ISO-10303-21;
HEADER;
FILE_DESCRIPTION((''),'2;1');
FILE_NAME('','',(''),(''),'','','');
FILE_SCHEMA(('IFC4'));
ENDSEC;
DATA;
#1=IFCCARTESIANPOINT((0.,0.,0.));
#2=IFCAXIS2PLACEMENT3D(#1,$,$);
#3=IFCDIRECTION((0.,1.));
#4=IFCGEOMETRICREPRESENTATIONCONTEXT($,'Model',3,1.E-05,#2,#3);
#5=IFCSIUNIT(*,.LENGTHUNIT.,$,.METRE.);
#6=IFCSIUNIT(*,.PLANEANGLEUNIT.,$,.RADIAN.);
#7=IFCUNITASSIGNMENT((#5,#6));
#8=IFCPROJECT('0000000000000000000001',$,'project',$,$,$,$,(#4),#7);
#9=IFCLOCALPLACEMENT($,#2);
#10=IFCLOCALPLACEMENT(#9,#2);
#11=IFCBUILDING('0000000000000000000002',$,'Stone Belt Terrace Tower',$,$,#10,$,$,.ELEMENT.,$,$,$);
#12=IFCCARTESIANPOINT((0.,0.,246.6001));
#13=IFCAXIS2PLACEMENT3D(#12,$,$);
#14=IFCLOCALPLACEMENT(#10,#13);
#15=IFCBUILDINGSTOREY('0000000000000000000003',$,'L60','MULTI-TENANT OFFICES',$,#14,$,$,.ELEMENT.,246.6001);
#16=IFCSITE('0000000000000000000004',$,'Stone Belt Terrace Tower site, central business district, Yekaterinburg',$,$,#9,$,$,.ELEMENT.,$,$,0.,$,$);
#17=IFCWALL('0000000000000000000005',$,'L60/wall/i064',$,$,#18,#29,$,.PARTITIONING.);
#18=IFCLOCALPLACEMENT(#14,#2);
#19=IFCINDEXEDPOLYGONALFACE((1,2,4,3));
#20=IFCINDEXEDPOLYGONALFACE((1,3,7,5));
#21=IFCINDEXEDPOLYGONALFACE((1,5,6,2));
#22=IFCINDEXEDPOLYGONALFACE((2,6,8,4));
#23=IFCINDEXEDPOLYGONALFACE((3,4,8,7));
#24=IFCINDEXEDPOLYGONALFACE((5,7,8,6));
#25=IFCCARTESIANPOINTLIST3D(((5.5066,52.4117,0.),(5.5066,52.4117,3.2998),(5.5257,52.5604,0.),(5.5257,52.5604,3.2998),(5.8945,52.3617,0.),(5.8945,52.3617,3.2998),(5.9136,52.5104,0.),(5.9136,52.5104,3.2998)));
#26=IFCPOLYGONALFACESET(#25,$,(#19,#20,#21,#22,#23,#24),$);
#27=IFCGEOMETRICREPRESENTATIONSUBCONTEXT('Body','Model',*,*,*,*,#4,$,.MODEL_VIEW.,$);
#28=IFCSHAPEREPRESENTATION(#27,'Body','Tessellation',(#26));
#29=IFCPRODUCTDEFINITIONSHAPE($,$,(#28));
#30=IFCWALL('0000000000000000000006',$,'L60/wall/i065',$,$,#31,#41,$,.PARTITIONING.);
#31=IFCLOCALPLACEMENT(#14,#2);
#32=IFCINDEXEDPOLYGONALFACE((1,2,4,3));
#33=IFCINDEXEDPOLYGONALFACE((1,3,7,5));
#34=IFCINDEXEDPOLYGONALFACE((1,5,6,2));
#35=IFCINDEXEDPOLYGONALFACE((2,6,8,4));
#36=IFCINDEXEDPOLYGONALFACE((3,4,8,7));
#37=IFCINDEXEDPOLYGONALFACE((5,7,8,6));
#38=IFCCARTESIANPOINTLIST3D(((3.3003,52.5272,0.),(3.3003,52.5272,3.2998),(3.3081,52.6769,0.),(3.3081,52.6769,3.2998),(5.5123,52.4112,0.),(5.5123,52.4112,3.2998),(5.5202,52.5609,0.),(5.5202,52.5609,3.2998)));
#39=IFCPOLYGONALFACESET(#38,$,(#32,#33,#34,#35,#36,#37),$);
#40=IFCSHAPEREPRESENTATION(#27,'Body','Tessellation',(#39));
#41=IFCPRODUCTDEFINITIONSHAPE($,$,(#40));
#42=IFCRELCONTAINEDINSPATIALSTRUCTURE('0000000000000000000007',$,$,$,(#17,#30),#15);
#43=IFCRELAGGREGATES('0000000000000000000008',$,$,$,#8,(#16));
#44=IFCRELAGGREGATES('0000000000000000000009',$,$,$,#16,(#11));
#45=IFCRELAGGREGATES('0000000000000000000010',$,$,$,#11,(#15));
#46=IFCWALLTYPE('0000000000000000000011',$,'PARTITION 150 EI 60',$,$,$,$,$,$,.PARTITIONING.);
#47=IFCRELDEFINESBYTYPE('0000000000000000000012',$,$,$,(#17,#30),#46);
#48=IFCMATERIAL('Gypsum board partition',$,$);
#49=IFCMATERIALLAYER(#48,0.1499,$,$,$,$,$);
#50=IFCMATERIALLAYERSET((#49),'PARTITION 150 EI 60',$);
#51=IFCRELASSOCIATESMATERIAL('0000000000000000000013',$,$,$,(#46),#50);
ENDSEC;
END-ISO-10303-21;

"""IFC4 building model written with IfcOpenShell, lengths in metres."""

from ifc_helpers import new_model, si_unit, direction, frame, frame_2d, origin, place, context, subcontext, project, spatial, rectangle, extrude, material, layer, layer_set, type_object, element, save


model = new_model("IFC4")

# Units and contexts
model_context = context("Model", 3, precision=1e-05, world=origin(), true_north=direction((0.0, 1.0)))
body_context = subcontext(model_context, "Body", "Model", "MODEL_VIEW")
ifc_project = project(units=[si_unit("LENGTHUNIT", "METRE"), si_unit("PLANEANGLEUNIT", "RADIAN")], contexts=[model_context])

# Site, building, storey
site_placement = place(None, origin())
site = spatial("IfcSite", under=ifc_project, at=site_placement, Name="Stone Belt Terrace Tower site, central business district, Yekaterinburg", CompositionType="ELEMENT", RefElevation=0.0)
building_placement = place(site_placement, origin())
building = spatial("IfcBuilding", under=site, at=building_placement, Name="Stone Belt Terrace Tower", CompositionType="ELEMENT")
storey_placement = place(building_placement, frame((0.0, 0.0, 246.6001)))
storey = spatial("IfcBuildingStorey", under=building, at=storey_placement, Name="L60", Description="MULTI-TENANT OFFICES", CompositionType="ELEMENT", Elevation=246.6001)

# Shared definitions
ifc_material_1 = material(Name="Gypsum board partition")

# Shared definitions
ifc_layer_1 = layer(ifc_material_1, 0.1499)
ifc_layer_set_1 = layer_set([ifc_layer_1], Name="PARTITION 150 EI 60")
wall_type_1 = type_object("IfcWallType", Name="PARTITION 150 EI 60", PredefinedType="PARTITIONING", material=ifc_layer_set_1)

# Walls
wall_1_placement = place(storey_placement, frame((5.9041, 52.436, 0.0), z_axis=(0.0, 0.0, 1.0), x_axis=(-0.99178, 0.127952, 0.0)))
element("IfcWall", 1, at=wall_1_placement, inside=storey, type_object=wall_type_1, Name="L60/wall/i064", PredefinedType="PARTITIONING", context=body_context, shape_type="SweptSolid", body=[
    extrude(rectangle(XDim=0.3911, YDim=0.1499, at=frame_2d((0.1956, 0.0))), origin(), (0.0, 0.0, 1.0), 3.2998),
])
wall_2_placement = place(storey_placement, frame((5.5161, 52.4861, 0.0), z_axis=(0.0, 0.0, 1.0), x_axis=(-0.998629, 0.052351, 0.0)))
element("IfcWall", 2, at=wall_2_placement, inside=storey, type_object=wall_type_1, Name="L60/wall/i065", PredefinedType="PARTITIONING", context=body_context, shape_type="SweptSolid", body=[
    extrude(rectangle(XDim=2.2151, YDim=0.1499, at=frame_2d((1.1074, 0.0))), origin(), (0.0, 0.0, 1.0), 3.2998),
])

save(model, "model.ifc")
